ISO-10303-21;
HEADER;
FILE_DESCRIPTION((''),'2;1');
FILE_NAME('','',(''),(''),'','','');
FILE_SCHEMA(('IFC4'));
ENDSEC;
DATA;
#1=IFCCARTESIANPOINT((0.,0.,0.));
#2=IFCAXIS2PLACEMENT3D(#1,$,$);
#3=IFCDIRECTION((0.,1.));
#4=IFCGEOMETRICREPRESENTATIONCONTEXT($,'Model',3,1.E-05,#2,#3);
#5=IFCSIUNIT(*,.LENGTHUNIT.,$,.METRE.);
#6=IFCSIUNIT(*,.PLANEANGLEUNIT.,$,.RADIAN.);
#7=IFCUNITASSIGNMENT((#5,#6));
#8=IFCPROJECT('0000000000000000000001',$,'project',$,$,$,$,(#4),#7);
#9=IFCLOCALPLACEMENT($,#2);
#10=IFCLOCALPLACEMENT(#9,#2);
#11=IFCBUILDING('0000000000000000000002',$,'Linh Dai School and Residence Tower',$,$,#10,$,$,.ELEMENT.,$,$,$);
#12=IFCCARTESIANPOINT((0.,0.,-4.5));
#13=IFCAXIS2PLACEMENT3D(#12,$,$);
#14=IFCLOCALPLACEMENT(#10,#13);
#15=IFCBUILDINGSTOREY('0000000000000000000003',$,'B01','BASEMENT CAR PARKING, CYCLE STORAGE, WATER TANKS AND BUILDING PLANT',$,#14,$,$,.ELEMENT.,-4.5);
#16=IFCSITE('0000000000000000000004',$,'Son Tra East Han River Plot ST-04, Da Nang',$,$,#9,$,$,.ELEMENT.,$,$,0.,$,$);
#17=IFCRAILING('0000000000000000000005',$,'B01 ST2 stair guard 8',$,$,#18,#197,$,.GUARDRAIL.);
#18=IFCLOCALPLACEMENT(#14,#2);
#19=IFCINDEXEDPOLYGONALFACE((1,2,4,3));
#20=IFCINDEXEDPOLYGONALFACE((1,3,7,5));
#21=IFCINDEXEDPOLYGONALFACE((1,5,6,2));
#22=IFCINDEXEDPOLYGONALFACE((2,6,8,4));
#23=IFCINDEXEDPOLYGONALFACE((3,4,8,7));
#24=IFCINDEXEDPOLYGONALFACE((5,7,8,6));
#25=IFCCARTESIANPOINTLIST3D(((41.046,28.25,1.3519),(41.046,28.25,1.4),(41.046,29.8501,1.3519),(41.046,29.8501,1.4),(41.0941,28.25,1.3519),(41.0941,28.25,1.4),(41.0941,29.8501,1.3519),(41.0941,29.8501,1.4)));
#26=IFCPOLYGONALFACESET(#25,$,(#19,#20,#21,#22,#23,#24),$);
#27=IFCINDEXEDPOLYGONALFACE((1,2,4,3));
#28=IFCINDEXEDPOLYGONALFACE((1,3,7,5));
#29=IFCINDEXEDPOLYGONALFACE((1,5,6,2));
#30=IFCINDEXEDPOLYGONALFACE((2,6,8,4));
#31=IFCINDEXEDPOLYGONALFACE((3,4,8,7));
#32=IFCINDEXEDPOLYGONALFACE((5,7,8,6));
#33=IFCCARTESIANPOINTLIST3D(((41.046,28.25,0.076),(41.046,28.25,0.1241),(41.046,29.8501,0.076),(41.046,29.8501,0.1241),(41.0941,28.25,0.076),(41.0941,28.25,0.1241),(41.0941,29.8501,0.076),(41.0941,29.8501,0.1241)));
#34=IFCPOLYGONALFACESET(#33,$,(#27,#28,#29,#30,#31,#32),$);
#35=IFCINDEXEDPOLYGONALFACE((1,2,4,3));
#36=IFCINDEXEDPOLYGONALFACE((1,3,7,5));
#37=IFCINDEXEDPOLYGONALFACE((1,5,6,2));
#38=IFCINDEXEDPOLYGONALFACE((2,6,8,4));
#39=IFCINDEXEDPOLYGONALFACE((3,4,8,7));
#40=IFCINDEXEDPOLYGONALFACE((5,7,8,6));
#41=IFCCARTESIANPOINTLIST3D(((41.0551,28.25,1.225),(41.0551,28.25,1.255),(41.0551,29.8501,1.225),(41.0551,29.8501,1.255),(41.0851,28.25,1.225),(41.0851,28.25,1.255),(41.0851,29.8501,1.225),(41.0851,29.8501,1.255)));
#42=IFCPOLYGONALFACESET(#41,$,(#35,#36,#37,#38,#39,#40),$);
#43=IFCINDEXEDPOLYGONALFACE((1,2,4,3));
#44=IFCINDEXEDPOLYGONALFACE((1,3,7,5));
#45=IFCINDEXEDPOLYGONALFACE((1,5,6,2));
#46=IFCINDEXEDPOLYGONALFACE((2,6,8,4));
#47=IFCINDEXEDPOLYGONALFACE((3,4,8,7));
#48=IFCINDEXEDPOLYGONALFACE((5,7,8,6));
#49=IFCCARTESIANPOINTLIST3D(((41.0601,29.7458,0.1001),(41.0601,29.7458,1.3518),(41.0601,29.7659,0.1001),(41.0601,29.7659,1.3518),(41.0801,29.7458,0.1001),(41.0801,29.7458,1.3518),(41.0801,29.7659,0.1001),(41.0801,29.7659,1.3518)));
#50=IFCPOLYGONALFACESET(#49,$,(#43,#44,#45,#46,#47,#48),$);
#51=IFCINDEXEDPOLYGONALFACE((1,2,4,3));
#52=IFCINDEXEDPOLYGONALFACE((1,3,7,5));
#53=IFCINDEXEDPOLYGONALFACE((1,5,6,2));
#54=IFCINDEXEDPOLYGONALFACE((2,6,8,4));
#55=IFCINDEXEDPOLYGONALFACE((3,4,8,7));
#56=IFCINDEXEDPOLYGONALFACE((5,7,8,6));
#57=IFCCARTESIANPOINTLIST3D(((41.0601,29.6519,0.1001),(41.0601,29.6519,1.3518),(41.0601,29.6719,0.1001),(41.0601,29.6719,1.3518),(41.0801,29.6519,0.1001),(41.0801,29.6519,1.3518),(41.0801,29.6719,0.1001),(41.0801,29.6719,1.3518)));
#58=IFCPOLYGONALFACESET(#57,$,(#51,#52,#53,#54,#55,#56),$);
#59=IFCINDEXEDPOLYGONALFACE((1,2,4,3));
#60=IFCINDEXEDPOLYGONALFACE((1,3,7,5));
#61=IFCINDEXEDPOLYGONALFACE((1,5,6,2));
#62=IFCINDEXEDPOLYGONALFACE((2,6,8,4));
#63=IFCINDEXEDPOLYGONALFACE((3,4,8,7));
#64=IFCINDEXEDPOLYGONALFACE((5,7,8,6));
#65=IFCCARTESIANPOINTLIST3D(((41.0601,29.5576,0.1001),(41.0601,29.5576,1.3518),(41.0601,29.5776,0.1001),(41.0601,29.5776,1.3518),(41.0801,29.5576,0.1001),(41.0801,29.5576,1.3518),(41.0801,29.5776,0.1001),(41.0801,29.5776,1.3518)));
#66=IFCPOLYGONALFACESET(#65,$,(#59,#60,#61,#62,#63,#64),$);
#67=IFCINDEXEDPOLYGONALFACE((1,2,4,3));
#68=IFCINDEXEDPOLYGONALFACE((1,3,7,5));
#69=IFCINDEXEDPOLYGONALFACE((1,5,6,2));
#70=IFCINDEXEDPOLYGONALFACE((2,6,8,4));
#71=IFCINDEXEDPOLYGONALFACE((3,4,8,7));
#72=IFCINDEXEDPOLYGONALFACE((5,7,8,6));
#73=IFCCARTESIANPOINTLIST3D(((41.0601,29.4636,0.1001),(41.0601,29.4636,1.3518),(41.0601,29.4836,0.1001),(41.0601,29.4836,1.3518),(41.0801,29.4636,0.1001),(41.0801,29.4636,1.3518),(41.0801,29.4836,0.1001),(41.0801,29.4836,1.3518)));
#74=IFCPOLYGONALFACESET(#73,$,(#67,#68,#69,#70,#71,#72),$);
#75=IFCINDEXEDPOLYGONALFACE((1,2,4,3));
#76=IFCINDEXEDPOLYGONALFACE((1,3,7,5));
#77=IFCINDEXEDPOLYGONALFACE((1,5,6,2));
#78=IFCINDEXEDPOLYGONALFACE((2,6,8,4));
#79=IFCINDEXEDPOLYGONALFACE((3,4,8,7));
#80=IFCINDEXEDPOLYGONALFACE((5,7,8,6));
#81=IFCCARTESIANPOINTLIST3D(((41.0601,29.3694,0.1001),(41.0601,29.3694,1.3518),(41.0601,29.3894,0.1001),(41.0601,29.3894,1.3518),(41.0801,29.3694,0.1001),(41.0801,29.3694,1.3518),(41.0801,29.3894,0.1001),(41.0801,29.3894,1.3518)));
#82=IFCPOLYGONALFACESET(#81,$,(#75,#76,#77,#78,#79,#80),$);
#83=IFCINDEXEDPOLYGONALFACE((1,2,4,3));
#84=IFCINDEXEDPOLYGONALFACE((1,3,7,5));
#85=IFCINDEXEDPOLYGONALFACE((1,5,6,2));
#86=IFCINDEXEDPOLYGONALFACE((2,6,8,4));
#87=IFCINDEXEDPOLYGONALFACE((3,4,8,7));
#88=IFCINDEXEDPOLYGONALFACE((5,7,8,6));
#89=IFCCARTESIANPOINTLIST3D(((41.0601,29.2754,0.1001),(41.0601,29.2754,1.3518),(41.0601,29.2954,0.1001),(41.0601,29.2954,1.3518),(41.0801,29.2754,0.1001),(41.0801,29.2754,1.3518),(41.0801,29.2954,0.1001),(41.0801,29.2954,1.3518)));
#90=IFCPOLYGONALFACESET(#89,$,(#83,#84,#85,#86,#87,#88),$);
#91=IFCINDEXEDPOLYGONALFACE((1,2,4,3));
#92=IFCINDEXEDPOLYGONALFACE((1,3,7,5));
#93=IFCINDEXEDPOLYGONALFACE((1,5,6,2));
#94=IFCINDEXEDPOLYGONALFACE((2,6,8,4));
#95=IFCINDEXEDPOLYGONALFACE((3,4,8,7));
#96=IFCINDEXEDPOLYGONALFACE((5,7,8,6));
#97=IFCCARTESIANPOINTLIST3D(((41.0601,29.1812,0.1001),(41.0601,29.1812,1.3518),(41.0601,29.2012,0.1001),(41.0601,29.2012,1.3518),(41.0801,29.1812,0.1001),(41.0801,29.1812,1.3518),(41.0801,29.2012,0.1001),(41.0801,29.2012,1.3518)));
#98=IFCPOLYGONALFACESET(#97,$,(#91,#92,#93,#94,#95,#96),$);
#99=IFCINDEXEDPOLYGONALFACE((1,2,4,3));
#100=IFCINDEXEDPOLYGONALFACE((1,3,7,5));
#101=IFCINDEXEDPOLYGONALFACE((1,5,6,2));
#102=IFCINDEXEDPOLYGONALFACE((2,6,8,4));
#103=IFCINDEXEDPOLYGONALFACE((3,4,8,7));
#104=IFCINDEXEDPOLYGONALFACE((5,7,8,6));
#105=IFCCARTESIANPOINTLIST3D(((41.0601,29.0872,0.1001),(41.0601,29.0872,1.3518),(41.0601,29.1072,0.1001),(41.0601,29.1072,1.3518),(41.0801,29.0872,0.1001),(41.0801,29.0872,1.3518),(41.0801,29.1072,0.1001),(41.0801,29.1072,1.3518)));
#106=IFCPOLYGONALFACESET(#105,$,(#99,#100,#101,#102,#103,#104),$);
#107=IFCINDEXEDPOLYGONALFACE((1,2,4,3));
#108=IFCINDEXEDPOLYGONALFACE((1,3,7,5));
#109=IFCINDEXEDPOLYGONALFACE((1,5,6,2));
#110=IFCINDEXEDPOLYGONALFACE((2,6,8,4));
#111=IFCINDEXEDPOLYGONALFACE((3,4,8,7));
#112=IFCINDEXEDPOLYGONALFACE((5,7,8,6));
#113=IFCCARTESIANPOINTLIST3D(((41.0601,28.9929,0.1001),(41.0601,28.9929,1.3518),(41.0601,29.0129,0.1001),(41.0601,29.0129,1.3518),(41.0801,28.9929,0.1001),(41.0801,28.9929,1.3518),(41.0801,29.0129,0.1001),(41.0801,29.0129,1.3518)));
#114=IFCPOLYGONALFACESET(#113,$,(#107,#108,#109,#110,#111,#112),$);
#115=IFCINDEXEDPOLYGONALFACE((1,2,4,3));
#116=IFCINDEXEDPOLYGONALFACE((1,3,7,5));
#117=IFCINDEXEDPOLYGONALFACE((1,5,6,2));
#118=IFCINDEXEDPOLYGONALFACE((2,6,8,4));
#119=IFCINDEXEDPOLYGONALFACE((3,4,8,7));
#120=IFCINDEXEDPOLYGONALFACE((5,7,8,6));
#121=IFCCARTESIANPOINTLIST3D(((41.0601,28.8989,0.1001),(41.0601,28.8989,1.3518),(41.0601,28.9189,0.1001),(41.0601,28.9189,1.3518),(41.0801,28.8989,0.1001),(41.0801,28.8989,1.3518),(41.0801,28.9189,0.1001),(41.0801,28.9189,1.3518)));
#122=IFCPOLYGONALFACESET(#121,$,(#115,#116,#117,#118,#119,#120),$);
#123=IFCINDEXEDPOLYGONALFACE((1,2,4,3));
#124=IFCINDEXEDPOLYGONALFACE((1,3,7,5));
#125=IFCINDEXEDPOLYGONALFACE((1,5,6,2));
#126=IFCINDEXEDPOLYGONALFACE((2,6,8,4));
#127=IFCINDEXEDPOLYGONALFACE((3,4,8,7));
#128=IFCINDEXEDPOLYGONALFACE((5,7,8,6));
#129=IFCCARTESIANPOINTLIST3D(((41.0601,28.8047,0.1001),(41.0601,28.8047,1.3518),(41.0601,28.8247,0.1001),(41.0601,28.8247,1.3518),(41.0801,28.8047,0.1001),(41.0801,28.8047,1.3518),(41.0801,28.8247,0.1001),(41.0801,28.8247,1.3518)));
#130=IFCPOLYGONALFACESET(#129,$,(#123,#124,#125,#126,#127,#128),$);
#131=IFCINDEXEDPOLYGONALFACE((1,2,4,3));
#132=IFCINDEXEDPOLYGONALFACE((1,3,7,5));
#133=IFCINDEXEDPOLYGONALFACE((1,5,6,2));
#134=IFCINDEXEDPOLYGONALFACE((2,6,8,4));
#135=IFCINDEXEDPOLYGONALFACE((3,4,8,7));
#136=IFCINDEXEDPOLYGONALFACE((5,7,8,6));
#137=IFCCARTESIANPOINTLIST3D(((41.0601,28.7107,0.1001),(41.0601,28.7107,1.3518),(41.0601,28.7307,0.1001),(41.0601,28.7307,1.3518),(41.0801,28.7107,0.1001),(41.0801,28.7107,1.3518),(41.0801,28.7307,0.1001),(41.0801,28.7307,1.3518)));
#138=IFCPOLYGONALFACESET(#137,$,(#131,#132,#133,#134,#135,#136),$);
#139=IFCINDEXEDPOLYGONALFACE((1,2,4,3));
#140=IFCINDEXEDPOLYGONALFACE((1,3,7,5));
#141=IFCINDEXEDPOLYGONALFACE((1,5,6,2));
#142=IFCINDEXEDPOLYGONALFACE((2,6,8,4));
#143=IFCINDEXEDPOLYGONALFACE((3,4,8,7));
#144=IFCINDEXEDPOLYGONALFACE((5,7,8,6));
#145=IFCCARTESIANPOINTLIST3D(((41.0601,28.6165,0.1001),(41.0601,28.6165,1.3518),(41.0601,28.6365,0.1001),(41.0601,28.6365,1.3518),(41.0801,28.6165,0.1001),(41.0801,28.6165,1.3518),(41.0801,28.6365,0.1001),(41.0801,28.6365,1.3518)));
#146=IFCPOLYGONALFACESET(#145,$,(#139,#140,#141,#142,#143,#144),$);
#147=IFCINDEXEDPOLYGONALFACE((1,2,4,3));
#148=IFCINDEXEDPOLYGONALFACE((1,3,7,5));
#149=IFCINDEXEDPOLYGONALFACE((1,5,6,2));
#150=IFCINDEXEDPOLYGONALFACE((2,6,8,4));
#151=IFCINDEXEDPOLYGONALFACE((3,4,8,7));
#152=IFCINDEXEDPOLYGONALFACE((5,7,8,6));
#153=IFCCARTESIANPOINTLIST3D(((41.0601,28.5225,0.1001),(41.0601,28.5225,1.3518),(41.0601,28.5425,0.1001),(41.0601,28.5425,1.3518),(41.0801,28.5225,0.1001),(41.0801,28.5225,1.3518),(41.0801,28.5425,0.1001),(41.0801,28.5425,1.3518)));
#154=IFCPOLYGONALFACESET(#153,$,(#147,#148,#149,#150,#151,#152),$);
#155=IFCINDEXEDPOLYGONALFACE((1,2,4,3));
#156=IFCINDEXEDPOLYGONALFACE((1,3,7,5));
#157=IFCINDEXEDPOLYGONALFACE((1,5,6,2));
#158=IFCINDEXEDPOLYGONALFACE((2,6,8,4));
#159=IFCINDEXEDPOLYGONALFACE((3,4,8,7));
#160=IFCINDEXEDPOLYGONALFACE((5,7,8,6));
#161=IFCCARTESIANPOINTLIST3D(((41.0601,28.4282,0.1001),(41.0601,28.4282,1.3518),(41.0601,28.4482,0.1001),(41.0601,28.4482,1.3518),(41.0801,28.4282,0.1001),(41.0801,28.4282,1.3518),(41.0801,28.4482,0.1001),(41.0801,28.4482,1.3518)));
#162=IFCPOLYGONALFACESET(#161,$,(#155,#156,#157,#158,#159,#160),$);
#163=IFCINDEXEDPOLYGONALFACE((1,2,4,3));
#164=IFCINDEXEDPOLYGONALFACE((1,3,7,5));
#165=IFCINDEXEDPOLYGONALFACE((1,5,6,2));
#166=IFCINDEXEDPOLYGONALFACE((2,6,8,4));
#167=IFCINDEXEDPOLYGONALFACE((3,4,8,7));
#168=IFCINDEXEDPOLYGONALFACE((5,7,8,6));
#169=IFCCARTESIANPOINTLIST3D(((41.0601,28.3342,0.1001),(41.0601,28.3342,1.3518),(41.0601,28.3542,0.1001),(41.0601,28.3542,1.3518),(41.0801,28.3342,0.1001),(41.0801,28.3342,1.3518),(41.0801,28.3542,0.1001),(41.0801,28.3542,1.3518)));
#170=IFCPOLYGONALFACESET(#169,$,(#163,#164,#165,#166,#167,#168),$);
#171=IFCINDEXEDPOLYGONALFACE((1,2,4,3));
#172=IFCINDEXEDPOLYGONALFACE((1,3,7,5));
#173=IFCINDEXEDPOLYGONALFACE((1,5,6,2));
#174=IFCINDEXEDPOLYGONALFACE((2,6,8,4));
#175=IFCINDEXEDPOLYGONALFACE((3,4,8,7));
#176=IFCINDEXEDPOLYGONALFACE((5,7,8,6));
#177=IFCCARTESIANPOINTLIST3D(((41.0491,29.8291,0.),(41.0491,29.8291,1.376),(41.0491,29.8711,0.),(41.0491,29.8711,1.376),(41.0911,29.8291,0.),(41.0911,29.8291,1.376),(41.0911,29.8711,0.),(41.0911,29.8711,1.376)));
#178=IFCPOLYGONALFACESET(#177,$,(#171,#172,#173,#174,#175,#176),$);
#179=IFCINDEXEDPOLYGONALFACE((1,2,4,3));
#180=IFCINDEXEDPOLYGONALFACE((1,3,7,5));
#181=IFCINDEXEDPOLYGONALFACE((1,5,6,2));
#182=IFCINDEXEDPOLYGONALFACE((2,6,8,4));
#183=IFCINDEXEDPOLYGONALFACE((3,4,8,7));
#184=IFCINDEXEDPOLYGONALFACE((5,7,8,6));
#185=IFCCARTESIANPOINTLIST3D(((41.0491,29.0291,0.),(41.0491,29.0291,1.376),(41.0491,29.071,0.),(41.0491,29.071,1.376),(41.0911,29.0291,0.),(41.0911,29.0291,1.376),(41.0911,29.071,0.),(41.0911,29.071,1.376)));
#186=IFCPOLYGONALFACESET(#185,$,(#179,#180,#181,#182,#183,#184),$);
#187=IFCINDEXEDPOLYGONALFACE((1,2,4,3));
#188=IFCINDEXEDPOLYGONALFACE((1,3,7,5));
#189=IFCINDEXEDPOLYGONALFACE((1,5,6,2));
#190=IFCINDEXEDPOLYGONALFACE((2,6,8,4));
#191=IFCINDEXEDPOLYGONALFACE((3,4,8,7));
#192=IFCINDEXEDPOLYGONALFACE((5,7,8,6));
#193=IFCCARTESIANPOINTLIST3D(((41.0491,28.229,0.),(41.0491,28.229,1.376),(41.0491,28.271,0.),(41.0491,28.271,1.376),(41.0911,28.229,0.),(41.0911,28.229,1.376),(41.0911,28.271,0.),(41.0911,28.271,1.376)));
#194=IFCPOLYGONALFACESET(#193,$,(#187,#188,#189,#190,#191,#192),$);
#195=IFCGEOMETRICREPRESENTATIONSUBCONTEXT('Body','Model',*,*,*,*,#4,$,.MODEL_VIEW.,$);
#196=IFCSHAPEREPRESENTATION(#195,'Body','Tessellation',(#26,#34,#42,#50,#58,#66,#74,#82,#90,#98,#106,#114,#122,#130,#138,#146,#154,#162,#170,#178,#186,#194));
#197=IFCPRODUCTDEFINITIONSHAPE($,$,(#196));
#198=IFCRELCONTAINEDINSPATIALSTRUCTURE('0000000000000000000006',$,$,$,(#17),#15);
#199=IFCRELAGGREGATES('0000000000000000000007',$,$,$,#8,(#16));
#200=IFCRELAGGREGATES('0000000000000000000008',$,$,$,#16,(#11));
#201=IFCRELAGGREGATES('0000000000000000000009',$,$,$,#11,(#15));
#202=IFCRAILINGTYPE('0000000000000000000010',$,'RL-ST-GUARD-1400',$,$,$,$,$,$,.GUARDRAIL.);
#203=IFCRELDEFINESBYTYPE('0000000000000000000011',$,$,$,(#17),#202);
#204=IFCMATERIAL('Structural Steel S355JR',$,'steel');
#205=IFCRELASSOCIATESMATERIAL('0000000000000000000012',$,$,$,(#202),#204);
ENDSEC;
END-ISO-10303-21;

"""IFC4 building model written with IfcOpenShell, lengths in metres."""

from ifc_helpers import new_model, si_unit, direction, frame, origin, origin_2d, place, context, subcontext, project, spatial, rectangle, extrude, source, transform, mapped, material, type_object, element, save


model = new_model("IFC4")

# Units and contexts
model_context = context("Model", 3, precision=1e-05, world=origin(), true_north=direction((0.0, 1.0)))
body_context = subcontext(model_context, "Body", "Model", "MODEL_VIEW")
ifc_project = project(units=[si_unit("LENGTHUNIT", "METRE"), si_unit("PLANEANGLEUNIT", "RADIAN")], contexts=[model_context])

# Site, building, storey
site_placement = place(None, origin())
site = spatial("IfcSite", under=ifc_project, at=site_placement, Name="Son Tra East Han River Plot ST-04, Da Nang", CompositionType="ELEMENT", RefElevation=0.0)
building_placement = place(site_placement, origin())
building = spatial("IfcBuilding", under=site, at=building_placement, Name="Linh Dai School and Residence Tower", CompositionType="ELEMENT")
storey_placement = place(building_placement, frame((0.0, 0.0, -4.5)))
storey = spatial("IfcBuildingStorey", under=building, at=storey_placement, Name="B01", Description="BASEMENT CAR PARKING, CYCLE STORAGE, WATER TANKS AND BUILDING PLANT", CompositionType="ELEMENT", Elevation=-4.5)

# Shared definitions
ifc_material_1 = material(Name="Structural Steel S355JR", Category="steel")

# Railing
railing_type_1 = type_object("IfcRailingType", Name="RL-ST-GUARD-1400", PredefinedType="GUARDRAIL", material=ifc_material_1)
shared_shape_1 = source(origin(), body_context, "Body", "SweptSolid", [
    extrude(rectangle(XDim=0.0481, YDim=0.0481, at=origin_2d()), frame((0.0, 0.0, 1.376), z_axis=(0.0, -1.0, 0.0), x_axis=(1.0, 0.0, 0.0)), (0.0, 0.0, 1.0), 1.6001),
    extrude(rectangle(XDim=0.0481, YDim=0.0481, at=origin_2d()), frame((0.0, 0.0, 0.1001), z_axis=(0.0, -1.0, 0.0), x_axis=(1.0, 0.0, 0.0)), (0.0, 0.0, 1.0), 1.6001),
    extrude(rectangle(XDim=0.03, YDim=0.03, at=origin_2d()), frame((0.0, 0.0, 1.24), z_axis=(0.0, -1.0, 0.0), x_axis=(1.0, 0.0, 0.0)), (0.0, 0.0, 1.0), 1.6001),
    extrude(rectangle(XDim=0.02, YDim=0.02, at=origin_2d()), frame((0.0, -0.0942, 0.1001)), (0.0, 0.0, 1.0), 1.2517),
    extrude(rectangle(XDim=0.02, YDim=0.02, at=origin_2d()), frame((0.0, -0.1882, 0.1001)), (0.0, 0.0, 1.0), 1.2517),
    extrude(rectangle(XDim=0.02, YDim=0.02, at=origin_2d()), frame((0.0, -0.2825, 0.1001)), (0.0, 0.0, 1.0), 1.2517),
    extrude(rectangle(XDim=0.02, YDim=0.02, at=origin_2d()), frame((0.0, -0.3765, 0.1001)), (0.0, 0.0, 1.0), 1.2517),
    extrude(rectangle(XDim=0.02, YDim=0.02, at=origin_2d()), frame((0.0, -0.4707, 0.1001)), (0.0, 0.0, 1.0), 1.2517),
    extrude(rectangle(XDim=0.02, YDim=0.02, at=origin_2d()), frame((0.0, -0.5647, 0.1001)), (0.0, 0.0, 1.0), 1.2517),
    extrude(rectangle(XDim=0.02, YDim=0.02, at=origin_2d()), frame((0.0, -0.6589, 0.1001)), (0.0, 0.0, 1.0), 1.2517),
    extrude(rectangle(XDim=0.02, YDim=0.02, at=origin_2d()), frame((0.0, -0.7529, 0.1001)), (0.0, 0.0, 1.0), 1.2517),
    extrude(rectangle(XDim=0.02, YDim=0.02, at=origin_2d()), frame((0.0, -0.8472, 0.1001)), (0.0, 0.0, 1.0), 1.2517),
    extrude(rectangle(XDim=0.02, YDim=0.02, at=origin_2d()), frame((0.0, -0.9412, 0.1001)), (0.0, 0.0, 1.0), 1.2517),
    extrude(rectangle(XDim=0.02, YDim=0.02, at=origin_2d()), frame((0.0, -1.0354, 0.1001)), (0.0, 0.0, 1.0), 1.2517),
    extrude(rectangle(XDim=0.02, YDim=0.02, at=origin_2d()), frame((0.0, -1.1294, 0.1001)), (0.0, 0.0, 1.0), 1.2517),
    extrude(rectangle(XDim=0.02, YDim=0.02, at=origin_2d()), frame((0.0, -1.2236, 0.1001)), (0.0, 0.0, 1.0), 1.2517),
    extrude(rectangle(XDim=0.02, YDim=0.02, at=origin_2d()), frame((0.0, -1.3176, 0.1001)), (0.0, 0.0, 1.0), 1.2517),
    extrude(rectangle(XDim=0.02, YDim=0.02, at=origin_2d()), frame((0.0, -1.4119, 0.1001)), (0.0, 0.0, 1.0), 1.2517),
    extrude(rectangle(XDim=0.02, YDim=0.02, at=origin_2d()), frame((0.0, -1.5059, 0.1001)), (0.0, 0.0, 1.0), 1.2517),
    extrude(rectangle(XDim=0.042, YDim=0.042, at=origin_2d()), origin(), (0.0, 0.0, 1.0), 1.376),
    extrude(rectangle(XDim=0.042, YDim=0.042, at=origin_2d()), frame((0.0, -0.8, 0.0)), (0.0, 0.0, 1.0), 1.376),
    extrude(rectangle(XDim=0.042, YDim=0.042, at=origin_2d()), frame((0.0, -1.6001, 0.0)), (0.0, 0.0, 1.0), 1.376),
])
for number, where, name in (
    (1, (41.0701, 29.8501, 0.0), "B01 ST2 stair guard 8"),
):
    element("IfcRailing", number, at=place(storey_placement, frame(where)), inside=storey, type_object=railing_type_1, Name=name, PredefinedType="GUARDRAIL", context=body_context, shape_type="MappedRepresentation", body=[
        mapped(shared_shape_1, transform((0.0, 0.0, 0.0), x_axis=(1.0, 0.0, 0.0), y_axis=(0.0, 1.0, 0.0), z_axis=(0.0, 0.0, 1.0), scale=1.0)),
    ])

save(model, "model.ifc")
